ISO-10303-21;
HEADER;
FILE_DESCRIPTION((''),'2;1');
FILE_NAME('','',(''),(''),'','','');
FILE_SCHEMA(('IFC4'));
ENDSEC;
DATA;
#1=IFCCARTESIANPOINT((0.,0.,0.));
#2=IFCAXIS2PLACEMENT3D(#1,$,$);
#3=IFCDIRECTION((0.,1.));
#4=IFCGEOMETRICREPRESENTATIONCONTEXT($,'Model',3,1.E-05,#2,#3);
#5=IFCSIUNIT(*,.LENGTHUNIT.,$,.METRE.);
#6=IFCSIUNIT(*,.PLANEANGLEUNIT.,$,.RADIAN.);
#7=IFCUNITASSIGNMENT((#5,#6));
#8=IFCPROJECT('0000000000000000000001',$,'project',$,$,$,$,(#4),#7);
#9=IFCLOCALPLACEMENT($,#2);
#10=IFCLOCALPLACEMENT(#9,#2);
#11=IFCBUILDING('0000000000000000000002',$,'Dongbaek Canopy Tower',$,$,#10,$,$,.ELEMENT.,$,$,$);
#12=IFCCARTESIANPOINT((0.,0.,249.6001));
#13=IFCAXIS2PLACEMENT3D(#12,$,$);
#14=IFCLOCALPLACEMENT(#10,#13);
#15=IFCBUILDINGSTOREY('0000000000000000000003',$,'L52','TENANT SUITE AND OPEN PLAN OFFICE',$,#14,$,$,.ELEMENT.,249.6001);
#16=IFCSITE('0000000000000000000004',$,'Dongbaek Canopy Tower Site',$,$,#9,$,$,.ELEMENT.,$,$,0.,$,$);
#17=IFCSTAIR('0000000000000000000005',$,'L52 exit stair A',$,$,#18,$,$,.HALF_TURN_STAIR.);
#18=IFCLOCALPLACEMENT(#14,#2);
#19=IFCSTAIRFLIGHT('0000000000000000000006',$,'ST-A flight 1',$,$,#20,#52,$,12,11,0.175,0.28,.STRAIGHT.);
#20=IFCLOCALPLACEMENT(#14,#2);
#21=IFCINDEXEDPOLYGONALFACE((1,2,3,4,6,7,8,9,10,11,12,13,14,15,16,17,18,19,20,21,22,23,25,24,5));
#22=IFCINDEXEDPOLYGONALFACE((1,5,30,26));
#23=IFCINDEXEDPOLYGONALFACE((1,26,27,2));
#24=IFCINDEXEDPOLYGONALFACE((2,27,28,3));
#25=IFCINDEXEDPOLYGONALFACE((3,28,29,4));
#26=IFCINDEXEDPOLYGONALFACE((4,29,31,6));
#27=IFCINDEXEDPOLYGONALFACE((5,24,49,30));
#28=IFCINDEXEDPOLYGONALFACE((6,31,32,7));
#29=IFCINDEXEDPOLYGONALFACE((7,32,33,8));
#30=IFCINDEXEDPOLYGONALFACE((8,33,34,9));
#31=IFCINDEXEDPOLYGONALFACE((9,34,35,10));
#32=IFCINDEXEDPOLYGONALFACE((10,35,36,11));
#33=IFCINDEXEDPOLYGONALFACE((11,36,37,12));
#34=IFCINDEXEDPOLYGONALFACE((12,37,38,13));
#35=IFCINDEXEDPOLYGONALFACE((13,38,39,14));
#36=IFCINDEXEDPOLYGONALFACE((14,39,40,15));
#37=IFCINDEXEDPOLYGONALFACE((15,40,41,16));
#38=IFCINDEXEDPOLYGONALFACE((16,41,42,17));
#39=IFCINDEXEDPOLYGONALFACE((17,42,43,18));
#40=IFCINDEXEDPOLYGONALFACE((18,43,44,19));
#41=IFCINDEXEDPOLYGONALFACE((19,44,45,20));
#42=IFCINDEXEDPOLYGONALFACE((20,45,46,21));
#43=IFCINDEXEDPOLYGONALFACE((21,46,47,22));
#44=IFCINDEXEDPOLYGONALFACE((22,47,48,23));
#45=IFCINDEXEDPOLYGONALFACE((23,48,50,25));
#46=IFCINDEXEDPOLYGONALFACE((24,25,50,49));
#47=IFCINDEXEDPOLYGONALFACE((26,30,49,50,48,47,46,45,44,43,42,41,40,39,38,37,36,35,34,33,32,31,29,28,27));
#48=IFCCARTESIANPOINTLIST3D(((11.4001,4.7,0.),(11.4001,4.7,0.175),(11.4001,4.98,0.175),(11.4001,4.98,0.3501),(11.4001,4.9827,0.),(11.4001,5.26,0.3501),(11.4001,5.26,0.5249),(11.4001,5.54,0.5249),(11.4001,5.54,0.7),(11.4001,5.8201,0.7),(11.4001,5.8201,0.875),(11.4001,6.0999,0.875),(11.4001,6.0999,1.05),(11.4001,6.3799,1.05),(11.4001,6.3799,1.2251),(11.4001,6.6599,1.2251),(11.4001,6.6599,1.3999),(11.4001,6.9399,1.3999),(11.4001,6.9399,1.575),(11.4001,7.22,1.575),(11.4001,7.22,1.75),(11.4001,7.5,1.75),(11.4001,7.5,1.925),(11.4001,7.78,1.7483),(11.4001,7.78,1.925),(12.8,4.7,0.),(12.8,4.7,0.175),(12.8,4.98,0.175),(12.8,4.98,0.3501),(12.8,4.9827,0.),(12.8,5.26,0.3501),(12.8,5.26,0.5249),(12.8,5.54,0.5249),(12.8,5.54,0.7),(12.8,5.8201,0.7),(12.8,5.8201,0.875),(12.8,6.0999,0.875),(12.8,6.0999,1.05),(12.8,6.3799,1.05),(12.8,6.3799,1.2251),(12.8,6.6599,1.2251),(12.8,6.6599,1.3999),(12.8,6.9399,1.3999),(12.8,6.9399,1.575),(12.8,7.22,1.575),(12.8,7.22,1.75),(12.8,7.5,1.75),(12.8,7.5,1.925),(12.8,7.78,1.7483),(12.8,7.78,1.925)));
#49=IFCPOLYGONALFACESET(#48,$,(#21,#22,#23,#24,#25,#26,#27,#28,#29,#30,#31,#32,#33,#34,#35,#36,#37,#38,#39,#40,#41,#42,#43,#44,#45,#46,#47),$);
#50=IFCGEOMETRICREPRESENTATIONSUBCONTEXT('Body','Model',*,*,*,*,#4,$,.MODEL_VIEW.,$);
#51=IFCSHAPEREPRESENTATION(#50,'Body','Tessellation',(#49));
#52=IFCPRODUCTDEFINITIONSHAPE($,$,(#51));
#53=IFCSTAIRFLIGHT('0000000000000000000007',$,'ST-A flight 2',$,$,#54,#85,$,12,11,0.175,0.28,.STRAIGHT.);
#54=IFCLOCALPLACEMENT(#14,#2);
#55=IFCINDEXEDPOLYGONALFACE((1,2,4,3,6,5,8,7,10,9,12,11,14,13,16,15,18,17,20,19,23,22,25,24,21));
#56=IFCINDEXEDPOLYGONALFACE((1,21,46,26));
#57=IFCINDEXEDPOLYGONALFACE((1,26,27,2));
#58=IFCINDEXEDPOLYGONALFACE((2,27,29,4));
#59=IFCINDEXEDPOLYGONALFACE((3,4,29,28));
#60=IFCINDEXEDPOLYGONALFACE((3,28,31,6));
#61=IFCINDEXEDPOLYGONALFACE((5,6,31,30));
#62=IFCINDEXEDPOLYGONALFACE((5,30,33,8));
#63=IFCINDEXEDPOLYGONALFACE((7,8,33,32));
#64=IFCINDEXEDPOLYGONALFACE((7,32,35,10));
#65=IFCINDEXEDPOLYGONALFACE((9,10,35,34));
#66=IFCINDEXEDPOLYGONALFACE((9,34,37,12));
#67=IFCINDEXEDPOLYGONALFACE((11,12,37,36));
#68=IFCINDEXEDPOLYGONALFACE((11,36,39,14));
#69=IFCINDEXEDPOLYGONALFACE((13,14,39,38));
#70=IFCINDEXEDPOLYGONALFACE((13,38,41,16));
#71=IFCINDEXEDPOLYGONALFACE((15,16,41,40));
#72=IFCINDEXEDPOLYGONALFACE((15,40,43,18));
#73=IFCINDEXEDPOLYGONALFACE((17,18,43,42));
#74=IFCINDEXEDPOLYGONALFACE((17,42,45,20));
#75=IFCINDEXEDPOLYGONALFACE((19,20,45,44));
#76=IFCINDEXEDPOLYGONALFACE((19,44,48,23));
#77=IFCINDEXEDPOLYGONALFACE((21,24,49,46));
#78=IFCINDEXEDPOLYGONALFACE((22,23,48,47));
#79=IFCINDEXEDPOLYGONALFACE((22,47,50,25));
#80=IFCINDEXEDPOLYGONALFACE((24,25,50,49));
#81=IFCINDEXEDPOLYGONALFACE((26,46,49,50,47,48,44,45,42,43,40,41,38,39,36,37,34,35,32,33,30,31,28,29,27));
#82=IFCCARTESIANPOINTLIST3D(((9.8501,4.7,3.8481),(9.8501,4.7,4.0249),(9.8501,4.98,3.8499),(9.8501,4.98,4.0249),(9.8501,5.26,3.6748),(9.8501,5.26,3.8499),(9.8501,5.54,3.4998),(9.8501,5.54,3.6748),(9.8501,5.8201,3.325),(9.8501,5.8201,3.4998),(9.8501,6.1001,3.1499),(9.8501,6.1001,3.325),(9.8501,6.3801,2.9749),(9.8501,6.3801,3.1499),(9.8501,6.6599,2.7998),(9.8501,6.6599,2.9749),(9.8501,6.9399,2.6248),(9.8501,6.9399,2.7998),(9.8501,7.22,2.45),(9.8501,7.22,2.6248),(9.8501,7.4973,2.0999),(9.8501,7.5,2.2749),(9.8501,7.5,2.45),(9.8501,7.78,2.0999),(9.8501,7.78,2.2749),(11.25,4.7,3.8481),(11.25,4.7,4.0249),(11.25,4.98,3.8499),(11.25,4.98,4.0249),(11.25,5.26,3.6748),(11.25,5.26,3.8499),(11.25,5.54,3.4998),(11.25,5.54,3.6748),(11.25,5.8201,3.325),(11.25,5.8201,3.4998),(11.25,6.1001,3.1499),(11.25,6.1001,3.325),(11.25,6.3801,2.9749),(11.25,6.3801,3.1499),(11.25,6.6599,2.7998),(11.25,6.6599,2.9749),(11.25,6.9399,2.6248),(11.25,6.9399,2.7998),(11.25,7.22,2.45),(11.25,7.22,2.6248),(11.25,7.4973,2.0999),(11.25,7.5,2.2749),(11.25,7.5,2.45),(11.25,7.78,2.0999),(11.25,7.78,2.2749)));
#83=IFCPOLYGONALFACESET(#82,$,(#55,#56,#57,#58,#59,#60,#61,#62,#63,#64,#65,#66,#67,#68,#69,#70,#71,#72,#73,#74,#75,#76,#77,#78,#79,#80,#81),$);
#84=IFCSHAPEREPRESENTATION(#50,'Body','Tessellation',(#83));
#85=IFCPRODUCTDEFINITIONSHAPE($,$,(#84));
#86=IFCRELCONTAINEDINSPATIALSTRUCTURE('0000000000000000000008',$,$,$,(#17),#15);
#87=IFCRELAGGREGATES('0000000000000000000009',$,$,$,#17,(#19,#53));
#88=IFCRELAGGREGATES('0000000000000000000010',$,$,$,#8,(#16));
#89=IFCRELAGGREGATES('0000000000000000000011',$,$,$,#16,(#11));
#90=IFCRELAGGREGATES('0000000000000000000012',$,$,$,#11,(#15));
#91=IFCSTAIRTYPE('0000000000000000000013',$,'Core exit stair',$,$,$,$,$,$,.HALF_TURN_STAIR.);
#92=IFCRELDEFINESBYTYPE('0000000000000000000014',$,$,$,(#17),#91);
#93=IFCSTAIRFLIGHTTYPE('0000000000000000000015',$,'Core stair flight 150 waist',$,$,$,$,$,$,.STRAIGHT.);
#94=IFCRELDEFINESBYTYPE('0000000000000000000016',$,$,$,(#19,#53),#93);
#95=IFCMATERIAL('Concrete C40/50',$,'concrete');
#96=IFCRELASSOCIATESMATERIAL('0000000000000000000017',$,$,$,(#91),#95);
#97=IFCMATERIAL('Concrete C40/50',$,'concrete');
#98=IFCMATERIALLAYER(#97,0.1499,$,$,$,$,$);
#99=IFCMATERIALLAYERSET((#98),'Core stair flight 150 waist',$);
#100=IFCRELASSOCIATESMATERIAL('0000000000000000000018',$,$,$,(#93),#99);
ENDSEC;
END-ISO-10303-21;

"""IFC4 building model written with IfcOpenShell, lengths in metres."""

from ifc_helpers import new_model, si_unit, direction, frame, origin, place, context, subcontext, project, spatial, polyline, outline, extrude, material, layer, layer_set, type_object, element, aggregate, save


model = new_model("IFC4")

# Units and contexts
model_context = context("Model", 3, precision=1e-05, world=origin(), true_north=direction((0.0, 1.0)))
body_context = subcontext(model_context, "Body", "Model", "MODEL_VIEW")
ifc_project = project(units=[si_unit("LENGTHUNIT", "METRE"), si_unit("PLANEANGLEUNIT", "RADIAN")], contexts=[model_context])

# Site, building, storey
site_placement = place(None, origin())
site = spatial("IfcSite", under=ifc_project, at=site_placement, Name="Dongbaek Canopy Tower Site", CompositionType="ELEMENT", RefElevation=0.0)
building_placement = place(site_placement, origin())
building = spatial("IfcBuilding", under=site, at=building_placement, Name="Dongbaek Canopy Tower", CompositionType="ELEMENT")
storey_placement = place(building_placement, frame((0.0, 0.0, 249.6001)))
storey = spatial("IfcBuildingStorey", under=building, at=storey_placement, Name="L52", Description="TENANT SUITE AND OPEN PLAN OFFICE", CompositionType="ELEMENT", Elevation=249.6001)

# Stair, stair flights
ifc_material_1 = material(Name="Concrete C40/50", Category="concrete")
stair_type = type_object("IfcStairType", Name="Core exit stair", PredefinedType="HALF_TURN_STAIR", material=ifc_material_1)
stair_placement = place(storey_placement, origin())
stair = element("IfcStair", 1, at=stair_placement, inside=storey, type_object=stair_type, Name="L52 exit stair A", PredefinedType="HALF_TURN_STAIR")
ifc_material_2 = material(Name="Concrete C40/50", Category="concrete")
ifc_layer_1 = layer(ifc_material_2, 0.1499)
ifc_layer_set_1 = layer_set([ifc_layer_1], Name="Core stair flight 150 waist")
stair_flight_type = type_object("IfcStairFlightType", Name="Core stair flight 150 waist", PredefinedType="STRAIGHT", material=ifc_layer_set_1)
stair_flight_1_placement = place(storey_placement, frame((12.1001, 4.7, 0.0), z_axis=(0.0, 0.0, 1.0), x_axis=(0.0, 1.0, 0.0)))
stair_flight_1 = element("IfcStairFlight", 2, at=stair_flight_1_placement, type_object=stair_flight_type, Name="ST-A flight 1", NumberOfRisers=12, NumberOfTreads=11, PredefinedType="STRAIGHT", RiserHeight=0.175, TreadLength=0.28, context=body_context, shape_type="SweptSolid", body=[
    extrude(outline(polyline([(0.0, 0.0), (0.0, 0.175), (0.28, 0.175), (0.28, 0.3501), (0.5601, 0.3501), (0.5601, 0.5249), (0.8401, 0.5249), (0.8401, 0.7), (1.1201, 0.7), (1.1201, 0.875), (1.3999, 0.875), (1.3999, 1.05), (1.6799, 1.05), (1.6799, 1.2251), (1.96, 1.2251), (1.96, 1.3999), (2.24, 1.3999), (2.24, 1.575), (2.52, 1.575), (2.52, 1.75), (2.8, 1.75), (2.8, 1.925), (3.0801, 1.925), (3.0801, 2.1001), (3.0801, 1.7483), (0.2827, 0.0), (0.0, 0.0)])), frame((0.0, 0.7, 0.0), z_axis=(0.0, -1.0, 0.0), x_axis=(1.0, 0.0, 0.0)), (0.0, 0.0, 1.0), 1.3999),
])
stair_flight_2_placement = place(storey_placement, frame((10.55, 7.78, 2.0999), z_axis=(0.0, 0.0, 1.0), x_axis=(0.0, -1.0, 0.0)))
stair_flight_2 = element("IfcStairFlight", 3, at=stair_flight_2_placement, type_object=stair_flight_type, Name="ST-A flight 2", NumberOfRisers=12, NumberOfTreads=11, PredefinedType="STRAIGHT", RiserHeight=0.175, TreadLength=0.28, context=body_context, shape_type="SweptSolid", body=[
    extrude(outline(polyline([(0.0, 0.0), (0.0, 0.175), (0.28, 0.175), (0.28, 0.3501), (0.5601, 0.3501), (0.5601, 0.5249), (0.8401, 0.5249), (0.8401, 0.7), (1.1201, 0.7), (1.1201, 0.875), (1.3999, 0.875), (1.3999, 1.05), (1.6799, 1.05), (1.6799, 1.2251), (1.96, 1.2251), (1.96, 1.3999), (2.24, 1.3999), (2.24, 1.575), (2.52, 1.575), (2.52, 1.75), (2.8, 1.75), (2.8, 1.925), (3.0801, 1.925), (3.0801, 2.1001), (3.0801, 1.7483), (0.2827, 0.0), (0.0, 0.0)])), frame((0.0, 0.7, 0.0), z_axis=(0.0, -1.0, 0.0), x_axis=(1.0, 0.0, 0.0)), (0.0, 0.0, 1.0), 1.3999),
])
aggregate(stair, [stair_flight_1, stair_flight_2])

save(model, "model.ifc")
